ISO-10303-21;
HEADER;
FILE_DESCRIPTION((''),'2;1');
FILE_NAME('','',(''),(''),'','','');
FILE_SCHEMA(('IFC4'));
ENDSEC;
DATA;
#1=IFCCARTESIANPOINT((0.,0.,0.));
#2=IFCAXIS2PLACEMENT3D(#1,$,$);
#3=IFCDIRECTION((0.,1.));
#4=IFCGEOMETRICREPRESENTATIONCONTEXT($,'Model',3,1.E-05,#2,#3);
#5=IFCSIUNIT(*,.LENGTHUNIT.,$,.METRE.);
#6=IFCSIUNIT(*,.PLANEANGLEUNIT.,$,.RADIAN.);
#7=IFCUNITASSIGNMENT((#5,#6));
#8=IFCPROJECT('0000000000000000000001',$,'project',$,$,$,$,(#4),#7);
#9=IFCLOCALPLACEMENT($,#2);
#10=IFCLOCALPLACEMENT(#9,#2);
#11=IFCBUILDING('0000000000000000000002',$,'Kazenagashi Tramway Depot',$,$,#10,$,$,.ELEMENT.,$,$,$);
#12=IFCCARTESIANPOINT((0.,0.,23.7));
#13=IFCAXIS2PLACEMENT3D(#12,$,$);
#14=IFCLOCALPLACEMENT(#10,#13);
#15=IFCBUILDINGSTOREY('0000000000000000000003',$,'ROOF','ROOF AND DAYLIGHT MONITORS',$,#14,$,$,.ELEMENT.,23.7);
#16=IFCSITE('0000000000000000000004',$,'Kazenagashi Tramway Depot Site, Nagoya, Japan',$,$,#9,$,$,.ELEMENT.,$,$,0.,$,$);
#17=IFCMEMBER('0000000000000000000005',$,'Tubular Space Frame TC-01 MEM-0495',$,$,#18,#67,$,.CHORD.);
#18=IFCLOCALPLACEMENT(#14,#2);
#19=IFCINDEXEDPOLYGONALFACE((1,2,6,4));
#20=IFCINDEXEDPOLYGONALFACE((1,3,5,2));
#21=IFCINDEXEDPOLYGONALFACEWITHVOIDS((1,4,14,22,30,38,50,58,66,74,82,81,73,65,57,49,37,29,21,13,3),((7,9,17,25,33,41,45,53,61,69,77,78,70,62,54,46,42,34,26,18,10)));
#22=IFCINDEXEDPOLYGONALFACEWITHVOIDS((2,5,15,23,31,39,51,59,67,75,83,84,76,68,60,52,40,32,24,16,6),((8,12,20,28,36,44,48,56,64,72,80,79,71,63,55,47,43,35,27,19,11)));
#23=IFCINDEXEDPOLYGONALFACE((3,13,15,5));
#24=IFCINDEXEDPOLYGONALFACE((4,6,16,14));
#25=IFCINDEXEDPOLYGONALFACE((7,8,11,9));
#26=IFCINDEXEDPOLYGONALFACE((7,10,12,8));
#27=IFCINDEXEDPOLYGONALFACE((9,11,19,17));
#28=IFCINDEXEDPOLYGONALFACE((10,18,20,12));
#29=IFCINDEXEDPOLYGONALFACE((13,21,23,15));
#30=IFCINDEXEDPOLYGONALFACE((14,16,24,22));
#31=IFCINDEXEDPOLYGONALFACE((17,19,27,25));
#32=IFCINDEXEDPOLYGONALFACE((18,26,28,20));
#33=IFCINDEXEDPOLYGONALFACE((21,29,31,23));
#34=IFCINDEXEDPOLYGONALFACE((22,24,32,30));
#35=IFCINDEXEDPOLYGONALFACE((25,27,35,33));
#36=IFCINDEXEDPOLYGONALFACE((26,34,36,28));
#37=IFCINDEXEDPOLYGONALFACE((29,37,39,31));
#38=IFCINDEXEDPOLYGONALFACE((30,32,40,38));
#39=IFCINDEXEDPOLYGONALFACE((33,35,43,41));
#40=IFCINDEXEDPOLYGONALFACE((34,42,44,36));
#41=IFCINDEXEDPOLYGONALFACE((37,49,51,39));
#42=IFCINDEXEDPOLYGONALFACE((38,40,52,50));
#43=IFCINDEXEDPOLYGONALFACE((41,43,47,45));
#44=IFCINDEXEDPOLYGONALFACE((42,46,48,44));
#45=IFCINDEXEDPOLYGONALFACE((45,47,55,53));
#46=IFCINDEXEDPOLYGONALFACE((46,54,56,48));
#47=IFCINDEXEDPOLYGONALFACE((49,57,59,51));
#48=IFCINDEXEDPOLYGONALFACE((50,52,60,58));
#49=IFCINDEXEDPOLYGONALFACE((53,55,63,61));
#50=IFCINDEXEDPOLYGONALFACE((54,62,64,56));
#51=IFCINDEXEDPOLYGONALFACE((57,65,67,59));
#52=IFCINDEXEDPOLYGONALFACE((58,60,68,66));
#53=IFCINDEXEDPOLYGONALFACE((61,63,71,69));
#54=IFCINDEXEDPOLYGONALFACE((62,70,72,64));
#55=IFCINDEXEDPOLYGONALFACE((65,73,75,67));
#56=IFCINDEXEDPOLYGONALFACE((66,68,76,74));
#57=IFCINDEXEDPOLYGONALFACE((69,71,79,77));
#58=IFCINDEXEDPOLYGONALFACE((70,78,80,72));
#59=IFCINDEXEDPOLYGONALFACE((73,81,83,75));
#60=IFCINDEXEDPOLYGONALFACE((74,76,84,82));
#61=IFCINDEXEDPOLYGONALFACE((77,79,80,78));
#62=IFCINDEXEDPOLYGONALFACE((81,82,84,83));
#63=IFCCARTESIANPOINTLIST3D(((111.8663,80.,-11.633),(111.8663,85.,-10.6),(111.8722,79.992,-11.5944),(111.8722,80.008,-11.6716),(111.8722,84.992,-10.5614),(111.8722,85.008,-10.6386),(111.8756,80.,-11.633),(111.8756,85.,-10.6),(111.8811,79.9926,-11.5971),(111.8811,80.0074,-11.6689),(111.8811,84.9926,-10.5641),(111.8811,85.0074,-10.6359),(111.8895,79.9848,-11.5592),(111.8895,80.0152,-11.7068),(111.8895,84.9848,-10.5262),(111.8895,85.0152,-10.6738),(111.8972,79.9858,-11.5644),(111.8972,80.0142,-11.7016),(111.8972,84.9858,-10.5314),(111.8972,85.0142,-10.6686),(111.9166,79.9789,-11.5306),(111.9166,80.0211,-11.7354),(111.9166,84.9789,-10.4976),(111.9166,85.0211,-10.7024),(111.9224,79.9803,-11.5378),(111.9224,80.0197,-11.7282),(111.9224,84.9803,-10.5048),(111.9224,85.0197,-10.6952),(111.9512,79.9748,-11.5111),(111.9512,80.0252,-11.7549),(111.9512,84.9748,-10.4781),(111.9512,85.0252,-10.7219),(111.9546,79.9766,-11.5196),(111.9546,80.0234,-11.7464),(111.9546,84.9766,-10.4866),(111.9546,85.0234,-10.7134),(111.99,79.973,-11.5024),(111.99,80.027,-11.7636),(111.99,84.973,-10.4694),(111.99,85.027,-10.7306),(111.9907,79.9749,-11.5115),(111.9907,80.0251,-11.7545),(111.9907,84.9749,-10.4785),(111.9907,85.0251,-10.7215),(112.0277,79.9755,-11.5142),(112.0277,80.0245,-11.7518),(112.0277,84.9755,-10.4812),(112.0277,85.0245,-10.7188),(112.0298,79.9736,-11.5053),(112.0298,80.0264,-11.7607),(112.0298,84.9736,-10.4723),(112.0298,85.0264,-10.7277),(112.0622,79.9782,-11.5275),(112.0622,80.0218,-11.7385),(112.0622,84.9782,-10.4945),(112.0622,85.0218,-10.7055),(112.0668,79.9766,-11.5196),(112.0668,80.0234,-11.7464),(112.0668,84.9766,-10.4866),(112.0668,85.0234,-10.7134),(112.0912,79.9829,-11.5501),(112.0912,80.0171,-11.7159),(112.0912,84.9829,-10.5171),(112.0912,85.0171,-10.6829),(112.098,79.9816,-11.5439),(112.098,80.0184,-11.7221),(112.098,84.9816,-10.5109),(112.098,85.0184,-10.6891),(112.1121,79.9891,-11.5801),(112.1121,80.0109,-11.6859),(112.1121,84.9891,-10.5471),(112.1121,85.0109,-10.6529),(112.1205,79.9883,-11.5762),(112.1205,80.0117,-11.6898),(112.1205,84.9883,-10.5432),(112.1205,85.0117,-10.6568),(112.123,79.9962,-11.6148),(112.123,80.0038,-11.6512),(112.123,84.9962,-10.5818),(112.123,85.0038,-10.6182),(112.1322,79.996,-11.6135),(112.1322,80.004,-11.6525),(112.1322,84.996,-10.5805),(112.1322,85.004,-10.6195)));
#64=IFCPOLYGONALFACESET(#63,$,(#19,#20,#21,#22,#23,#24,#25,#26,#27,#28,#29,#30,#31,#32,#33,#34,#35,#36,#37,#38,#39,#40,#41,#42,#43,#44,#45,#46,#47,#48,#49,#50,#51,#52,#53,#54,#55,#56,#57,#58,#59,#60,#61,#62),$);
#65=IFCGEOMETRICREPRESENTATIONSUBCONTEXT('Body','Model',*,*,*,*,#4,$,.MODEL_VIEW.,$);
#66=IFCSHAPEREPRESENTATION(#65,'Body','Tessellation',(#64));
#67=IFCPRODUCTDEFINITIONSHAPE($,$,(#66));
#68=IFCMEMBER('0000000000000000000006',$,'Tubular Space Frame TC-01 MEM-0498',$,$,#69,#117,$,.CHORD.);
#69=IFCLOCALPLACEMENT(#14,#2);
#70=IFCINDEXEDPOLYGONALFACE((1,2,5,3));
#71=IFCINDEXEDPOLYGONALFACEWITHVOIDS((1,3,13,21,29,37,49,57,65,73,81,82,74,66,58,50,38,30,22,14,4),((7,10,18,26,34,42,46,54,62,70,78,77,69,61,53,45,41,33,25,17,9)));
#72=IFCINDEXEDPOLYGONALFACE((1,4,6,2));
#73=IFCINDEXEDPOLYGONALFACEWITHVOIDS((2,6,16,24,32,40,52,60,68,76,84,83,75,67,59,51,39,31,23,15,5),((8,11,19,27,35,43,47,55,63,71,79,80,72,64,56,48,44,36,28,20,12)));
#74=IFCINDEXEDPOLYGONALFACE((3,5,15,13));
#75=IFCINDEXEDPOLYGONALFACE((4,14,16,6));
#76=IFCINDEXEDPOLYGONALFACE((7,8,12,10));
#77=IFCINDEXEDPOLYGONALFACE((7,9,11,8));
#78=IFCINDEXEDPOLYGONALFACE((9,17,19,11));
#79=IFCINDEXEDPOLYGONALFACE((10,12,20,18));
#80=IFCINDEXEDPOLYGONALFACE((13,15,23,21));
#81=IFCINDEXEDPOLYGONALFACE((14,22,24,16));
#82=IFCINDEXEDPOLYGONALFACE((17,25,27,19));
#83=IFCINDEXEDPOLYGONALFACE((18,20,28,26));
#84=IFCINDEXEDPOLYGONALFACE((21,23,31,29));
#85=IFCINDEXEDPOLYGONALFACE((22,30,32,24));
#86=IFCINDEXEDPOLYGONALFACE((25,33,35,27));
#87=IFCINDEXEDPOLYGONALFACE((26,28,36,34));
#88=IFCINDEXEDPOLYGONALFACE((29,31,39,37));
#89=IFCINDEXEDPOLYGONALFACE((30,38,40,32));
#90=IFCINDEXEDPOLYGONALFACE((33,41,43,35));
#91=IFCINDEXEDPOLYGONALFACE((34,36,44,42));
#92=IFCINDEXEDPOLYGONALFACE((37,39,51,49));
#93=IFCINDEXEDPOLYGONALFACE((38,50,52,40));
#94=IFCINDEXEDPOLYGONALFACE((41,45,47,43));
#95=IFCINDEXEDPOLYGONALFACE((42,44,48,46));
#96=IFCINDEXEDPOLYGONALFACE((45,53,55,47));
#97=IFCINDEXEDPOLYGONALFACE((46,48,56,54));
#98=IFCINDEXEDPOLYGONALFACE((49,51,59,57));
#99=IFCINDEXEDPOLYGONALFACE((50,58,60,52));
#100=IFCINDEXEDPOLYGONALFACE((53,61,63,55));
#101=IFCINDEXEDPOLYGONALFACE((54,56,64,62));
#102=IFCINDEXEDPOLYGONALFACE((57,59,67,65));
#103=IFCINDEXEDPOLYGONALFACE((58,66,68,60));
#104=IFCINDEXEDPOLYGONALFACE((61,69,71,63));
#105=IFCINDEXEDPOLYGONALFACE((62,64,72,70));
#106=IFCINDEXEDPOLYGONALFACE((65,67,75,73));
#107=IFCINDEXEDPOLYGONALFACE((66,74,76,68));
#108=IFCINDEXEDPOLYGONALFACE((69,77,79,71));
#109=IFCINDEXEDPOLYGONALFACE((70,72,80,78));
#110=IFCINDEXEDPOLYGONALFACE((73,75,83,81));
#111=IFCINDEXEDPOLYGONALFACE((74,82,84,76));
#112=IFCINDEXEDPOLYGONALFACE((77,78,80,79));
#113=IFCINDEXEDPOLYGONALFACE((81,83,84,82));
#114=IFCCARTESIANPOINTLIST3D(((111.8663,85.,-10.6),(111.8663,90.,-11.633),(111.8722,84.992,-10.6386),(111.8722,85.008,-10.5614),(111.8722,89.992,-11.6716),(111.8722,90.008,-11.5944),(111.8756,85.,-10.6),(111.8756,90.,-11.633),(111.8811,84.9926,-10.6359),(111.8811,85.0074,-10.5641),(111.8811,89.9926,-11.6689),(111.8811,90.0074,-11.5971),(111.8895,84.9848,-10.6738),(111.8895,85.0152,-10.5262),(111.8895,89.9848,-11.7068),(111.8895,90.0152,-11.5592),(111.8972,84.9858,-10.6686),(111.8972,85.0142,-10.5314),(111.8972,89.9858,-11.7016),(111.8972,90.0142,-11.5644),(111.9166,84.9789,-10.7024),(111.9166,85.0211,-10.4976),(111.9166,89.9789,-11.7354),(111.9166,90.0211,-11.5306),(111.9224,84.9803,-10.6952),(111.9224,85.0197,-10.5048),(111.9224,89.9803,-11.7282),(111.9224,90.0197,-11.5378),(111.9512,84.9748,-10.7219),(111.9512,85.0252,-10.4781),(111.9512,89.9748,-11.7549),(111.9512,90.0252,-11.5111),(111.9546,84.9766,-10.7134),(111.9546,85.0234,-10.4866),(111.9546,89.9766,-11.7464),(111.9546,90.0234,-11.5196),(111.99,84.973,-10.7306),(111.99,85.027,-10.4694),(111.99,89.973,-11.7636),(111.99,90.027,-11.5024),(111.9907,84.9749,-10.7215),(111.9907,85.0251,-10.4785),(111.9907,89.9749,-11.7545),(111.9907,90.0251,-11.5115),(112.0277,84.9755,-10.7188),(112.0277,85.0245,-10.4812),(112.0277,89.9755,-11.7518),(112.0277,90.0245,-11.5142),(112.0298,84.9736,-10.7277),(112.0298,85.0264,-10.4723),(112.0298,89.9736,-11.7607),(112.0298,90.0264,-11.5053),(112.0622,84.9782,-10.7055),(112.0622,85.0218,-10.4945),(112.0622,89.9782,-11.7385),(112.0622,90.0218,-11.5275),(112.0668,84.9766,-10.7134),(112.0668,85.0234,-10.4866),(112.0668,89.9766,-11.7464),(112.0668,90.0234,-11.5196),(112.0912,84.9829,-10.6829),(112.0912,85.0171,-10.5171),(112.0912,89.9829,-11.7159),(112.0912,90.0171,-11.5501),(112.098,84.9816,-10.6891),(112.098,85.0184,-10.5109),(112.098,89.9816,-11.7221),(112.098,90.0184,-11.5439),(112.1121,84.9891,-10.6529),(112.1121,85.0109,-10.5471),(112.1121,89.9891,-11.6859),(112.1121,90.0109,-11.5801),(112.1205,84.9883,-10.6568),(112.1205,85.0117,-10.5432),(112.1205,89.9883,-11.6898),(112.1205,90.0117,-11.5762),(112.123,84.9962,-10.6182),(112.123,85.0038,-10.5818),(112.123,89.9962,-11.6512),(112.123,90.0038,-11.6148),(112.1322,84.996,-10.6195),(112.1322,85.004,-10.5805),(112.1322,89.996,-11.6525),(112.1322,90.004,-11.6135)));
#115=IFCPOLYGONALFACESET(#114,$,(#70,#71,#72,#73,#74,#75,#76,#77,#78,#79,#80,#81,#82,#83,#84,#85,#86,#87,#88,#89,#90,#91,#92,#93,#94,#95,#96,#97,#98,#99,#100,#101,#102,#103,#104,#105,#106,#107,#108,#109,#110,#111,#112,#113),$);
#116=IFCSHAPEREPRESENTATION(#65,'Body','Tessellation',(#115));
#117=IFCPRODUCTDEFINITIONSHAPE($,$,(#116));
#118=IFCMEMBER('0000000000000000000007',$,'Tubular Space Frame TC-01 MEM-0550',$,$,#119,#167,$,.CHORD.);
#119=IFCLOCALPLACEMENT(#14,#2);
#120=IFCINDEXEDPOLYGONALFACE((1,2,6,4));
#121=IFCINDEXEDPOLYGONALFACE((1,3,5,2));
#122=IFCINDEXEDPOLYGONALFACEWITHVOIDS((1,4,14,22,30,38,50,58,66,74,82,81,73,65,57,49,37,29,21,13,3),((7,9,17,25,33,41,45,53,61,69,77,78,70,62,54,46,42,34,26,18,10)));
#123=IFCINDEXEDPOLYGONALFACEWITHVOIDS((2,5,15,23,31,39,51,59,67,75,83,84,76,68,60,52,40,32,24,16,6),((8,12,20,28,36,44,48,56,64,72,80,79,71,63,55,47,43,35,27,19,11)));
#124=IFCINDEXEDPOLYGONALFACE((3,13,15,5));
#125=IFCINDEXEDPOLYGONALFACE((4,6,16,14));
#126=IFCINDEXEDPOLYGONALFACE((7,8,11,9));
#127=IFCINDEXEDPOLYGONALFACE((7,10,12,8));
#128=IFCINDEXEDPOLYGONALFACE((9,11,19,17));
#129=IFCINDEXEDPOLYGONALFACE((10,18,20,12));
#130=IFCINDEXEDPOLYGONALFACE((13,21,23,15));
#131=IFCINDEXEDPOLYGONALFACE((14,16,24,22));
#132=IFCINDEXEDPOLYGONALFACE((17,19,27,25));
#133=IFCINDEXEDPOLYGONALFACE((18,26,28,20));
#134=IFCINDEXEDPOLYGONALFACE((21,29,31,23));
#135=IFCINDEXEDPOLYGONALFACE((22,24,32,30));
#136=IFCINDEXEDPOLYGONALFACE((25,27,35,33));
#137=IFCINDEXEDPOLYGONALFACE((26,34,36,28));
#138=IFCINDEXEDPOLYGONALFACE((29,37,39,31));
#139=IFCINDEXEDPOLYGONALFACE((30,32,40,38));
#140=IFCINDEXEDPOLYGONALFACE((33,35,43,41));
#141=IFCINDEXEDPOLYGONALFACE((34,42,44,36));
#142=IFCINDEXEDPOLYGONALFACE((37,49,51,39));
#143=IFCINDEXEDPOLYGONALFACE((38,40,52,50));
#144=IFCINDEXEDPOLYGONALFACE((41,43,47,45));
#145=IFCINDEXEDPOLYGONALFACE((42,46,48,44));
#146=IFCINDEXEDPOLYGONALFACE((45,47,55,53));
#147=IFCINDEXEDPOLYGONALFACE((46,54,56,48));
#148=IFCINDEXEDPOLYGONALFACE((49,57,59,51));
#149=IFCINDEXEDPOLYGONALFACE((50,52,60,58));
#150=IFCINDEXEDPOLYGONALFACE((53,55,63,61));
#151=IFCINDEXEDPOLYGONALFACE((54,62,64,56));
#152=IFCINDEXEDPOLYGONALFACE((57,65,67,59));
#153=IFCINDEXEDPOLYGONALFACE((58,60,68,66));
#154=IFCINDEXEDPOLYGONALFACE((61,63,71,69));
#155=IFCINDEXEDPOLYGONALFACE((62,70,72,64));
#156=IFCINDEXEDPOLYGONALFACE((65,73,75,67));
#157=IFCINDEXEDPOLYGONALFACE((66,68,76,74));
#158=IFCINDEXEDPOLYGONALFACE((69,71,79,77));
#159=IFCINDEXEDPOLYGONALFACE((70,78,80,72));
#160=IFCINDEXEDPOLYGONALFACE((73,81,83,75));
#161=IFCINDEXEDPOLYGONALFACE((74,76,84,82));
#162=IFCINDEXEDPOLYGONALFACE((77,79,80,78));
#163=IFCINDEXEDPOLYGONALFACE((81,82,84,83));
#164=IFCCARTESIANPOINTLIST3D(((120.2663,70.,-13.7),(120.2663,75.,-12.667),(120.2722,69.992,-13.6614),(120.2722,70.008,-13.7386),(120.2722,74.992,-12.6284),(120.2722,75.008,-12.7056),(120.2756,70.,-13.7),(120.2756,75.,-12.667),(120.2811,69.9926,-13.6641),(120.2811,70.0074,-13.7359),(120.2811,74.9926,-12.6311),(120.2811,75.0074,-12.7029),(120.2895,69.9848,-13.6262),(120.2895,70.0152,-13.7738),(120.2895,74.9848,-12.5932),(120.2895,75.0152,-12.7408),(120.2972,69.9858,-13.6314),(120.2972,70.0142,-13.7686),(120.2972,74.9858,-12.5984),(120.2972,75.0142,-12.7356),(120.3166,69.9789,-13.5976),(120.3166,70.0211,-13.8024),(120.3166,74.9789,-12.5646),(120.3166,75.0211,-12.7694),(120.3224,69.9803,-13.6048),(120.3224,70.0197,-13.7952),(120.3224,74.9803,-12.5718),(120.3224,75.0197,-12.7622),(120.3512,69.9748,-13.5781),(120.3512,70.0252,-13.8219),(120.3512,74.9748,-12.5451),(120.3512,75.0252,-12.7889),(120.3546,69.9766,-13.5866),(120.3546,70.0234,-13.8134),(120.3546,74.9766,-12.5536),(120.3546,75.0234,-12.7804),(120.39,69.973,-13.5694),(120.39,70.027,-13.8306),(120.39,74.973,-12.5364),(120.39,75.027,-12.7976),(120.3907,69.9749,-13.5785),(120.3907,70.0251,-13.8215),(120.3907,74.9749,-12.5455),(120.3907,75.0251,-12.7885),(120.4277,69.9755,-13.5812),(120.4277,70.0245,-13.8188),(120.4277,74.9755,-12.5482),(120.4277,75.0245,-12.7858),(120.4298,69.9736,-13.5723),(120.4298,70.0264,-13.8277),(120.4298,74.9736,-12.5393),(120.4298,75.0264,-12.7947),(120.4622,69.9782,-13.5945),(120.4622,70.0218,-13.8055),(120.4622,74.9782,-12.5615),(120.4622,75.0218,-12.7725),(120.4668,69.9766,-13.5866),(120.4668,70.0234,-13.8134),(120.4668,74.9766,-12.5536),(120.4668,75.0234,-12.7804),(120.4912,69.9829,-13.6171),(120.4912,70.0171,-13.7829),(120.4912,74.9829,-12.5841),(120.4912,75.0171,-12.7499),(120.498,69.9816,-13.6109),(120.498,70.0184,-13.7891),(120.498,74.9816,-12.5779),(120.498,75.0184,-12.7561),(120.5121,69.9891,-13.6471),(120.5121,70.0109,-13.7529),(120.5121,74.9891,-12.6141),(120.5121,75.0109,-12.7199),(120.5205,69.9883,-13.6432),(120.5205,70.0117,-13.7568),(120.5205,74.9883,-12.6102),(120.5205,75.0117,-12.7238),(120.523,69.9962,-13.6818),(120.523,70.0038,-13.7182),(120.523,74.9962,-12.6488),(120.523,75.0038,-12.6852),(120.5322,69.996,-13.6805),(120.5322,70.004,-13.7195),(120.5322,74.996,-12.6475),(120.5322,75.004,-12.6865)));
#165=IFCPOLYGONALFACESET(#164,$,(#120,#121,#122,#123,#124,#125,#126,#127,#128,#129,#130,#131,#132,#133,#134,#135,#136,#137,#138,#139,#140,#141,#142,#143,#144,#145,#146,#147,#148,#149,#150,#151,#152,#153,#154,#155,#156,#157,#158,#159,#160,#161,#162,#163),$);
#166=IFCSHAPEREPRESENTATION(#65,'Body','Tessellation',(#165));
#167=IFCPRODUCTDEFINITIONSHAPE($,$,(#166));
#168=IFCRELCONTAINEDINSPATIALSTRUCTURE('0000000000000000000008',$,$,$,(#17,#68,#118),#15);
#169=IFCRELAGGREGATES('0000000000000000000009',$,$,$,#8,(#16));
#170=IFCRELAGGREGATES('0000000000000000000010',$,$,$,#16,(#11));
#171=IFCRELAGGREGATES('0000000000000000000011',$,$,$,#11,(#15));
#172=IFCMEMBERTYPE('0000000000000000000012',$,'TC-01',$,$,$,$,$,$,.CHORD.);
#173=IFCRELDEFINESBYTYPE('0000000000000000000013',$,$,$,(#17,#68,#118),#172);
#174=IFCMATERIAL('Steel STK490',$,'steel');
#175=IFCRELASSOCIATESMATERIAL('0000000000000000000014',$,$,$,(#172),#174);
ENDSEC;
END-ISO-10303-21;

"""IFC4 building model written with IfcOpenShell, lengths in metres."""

from ifc_helpers import new_model, si_unit, direction, frame, origin, origin_2d, place, context, subcontext, project, spatial, hollow_circle, extrude, material, material_profile, profile_set, type_object, element, save


model = new_model("IFC4")

# Units and contexts
model_context = context("Model", 3, precision=1e-05, world=origin(), true_north=direction((0.0, 1.0)))
body_context = subcontext(model_context, "Body", "Model", "MODEL_VIEW")
ifc_project = project(units=[si_unit("LENGTHUNIT", "METRE"), si_unit("PLANEANGLEUNIT", "RADIAN")], contexts=[model_context])

# Site, building, storey
site_placement = place(None, origin())
site = spatial("IfcSite", under=ifc_project, at=site_placement, Name="Kazenagashi Tramway Depot Site, Nagoya, Japan", CompositionType="ELEMENT", RefElevation=0.0)
building_placement = place(site_placement, origin())
building = spatial("IfcBuilding", under=site, at=building_placement, Name="Kazenagashi Tramway Depot", CompositionType="ELEMENT")
storey_placement = place(building_placement, frame((0.0, 0.0, 23.7)))
storey = spatial("IfcBuildingStorey", under=building, at=storey_placement, Name="ROOF", Description="ROOF AND DAYLIGHT MONITORS", CompositionType="ELEMENT", Elevation=23.7)

# Members
ifc_material_1 = material(Name="Steel STK490", Category="steel")
ifc_material_profile_1 = material_profile(ifc_material_1, hollow_circle(Radius=0.1337, WallThickness=0.0093, at=origin_2d()), Name="CHS-267.4x9.3")
ifc_profile_set_1 = profile_set([ifc_material_profile_1], Name="Steel STK490")
member_type_1 = type_object("IfcMemberType", Name="TC-01", PredefinedType="CHORD", material=ifc_profile_set_1)
for number, where, z_axis, x_axis, name in (
    (1, (112.0, 80.0, -11.633), (0.0, 0.979318, 0.202327), (-1.0, 0.0, 0.0), "Tubular Space Frame TC-01 MEM-0495"),
    (2, (112.0, 85.0, -10.6), (0.0, 0.979318, -0.202327), (-1.0, 0.0, 0.0), "Tubular Space Frame TC-01 MEM-0498"),
    (3, (120.4, 70.0, -13.7), (0.0, 0.979318, 0.202327), (-1.0, 0.0, 0.0), "Tubular Space Frame TC-01 MEM-0550"),
):
    element("IfcMember", number, at=place(storey_placement, frame(where, z_axis=z_axis, x_axis=x_axis)), inside=storey, type_object=member_type_1, Name=name, PredefinedType="CHORD", context=body_context, shape_type="SweptSolid", body=[
        extrude(hollow_circle(Radius=0.1337, WallThickness=0.0093, at=origin_2d()), origin(), (0.0, 0.0, 1.0), 5.1056),
    ])

save(model, "model.ifc")
